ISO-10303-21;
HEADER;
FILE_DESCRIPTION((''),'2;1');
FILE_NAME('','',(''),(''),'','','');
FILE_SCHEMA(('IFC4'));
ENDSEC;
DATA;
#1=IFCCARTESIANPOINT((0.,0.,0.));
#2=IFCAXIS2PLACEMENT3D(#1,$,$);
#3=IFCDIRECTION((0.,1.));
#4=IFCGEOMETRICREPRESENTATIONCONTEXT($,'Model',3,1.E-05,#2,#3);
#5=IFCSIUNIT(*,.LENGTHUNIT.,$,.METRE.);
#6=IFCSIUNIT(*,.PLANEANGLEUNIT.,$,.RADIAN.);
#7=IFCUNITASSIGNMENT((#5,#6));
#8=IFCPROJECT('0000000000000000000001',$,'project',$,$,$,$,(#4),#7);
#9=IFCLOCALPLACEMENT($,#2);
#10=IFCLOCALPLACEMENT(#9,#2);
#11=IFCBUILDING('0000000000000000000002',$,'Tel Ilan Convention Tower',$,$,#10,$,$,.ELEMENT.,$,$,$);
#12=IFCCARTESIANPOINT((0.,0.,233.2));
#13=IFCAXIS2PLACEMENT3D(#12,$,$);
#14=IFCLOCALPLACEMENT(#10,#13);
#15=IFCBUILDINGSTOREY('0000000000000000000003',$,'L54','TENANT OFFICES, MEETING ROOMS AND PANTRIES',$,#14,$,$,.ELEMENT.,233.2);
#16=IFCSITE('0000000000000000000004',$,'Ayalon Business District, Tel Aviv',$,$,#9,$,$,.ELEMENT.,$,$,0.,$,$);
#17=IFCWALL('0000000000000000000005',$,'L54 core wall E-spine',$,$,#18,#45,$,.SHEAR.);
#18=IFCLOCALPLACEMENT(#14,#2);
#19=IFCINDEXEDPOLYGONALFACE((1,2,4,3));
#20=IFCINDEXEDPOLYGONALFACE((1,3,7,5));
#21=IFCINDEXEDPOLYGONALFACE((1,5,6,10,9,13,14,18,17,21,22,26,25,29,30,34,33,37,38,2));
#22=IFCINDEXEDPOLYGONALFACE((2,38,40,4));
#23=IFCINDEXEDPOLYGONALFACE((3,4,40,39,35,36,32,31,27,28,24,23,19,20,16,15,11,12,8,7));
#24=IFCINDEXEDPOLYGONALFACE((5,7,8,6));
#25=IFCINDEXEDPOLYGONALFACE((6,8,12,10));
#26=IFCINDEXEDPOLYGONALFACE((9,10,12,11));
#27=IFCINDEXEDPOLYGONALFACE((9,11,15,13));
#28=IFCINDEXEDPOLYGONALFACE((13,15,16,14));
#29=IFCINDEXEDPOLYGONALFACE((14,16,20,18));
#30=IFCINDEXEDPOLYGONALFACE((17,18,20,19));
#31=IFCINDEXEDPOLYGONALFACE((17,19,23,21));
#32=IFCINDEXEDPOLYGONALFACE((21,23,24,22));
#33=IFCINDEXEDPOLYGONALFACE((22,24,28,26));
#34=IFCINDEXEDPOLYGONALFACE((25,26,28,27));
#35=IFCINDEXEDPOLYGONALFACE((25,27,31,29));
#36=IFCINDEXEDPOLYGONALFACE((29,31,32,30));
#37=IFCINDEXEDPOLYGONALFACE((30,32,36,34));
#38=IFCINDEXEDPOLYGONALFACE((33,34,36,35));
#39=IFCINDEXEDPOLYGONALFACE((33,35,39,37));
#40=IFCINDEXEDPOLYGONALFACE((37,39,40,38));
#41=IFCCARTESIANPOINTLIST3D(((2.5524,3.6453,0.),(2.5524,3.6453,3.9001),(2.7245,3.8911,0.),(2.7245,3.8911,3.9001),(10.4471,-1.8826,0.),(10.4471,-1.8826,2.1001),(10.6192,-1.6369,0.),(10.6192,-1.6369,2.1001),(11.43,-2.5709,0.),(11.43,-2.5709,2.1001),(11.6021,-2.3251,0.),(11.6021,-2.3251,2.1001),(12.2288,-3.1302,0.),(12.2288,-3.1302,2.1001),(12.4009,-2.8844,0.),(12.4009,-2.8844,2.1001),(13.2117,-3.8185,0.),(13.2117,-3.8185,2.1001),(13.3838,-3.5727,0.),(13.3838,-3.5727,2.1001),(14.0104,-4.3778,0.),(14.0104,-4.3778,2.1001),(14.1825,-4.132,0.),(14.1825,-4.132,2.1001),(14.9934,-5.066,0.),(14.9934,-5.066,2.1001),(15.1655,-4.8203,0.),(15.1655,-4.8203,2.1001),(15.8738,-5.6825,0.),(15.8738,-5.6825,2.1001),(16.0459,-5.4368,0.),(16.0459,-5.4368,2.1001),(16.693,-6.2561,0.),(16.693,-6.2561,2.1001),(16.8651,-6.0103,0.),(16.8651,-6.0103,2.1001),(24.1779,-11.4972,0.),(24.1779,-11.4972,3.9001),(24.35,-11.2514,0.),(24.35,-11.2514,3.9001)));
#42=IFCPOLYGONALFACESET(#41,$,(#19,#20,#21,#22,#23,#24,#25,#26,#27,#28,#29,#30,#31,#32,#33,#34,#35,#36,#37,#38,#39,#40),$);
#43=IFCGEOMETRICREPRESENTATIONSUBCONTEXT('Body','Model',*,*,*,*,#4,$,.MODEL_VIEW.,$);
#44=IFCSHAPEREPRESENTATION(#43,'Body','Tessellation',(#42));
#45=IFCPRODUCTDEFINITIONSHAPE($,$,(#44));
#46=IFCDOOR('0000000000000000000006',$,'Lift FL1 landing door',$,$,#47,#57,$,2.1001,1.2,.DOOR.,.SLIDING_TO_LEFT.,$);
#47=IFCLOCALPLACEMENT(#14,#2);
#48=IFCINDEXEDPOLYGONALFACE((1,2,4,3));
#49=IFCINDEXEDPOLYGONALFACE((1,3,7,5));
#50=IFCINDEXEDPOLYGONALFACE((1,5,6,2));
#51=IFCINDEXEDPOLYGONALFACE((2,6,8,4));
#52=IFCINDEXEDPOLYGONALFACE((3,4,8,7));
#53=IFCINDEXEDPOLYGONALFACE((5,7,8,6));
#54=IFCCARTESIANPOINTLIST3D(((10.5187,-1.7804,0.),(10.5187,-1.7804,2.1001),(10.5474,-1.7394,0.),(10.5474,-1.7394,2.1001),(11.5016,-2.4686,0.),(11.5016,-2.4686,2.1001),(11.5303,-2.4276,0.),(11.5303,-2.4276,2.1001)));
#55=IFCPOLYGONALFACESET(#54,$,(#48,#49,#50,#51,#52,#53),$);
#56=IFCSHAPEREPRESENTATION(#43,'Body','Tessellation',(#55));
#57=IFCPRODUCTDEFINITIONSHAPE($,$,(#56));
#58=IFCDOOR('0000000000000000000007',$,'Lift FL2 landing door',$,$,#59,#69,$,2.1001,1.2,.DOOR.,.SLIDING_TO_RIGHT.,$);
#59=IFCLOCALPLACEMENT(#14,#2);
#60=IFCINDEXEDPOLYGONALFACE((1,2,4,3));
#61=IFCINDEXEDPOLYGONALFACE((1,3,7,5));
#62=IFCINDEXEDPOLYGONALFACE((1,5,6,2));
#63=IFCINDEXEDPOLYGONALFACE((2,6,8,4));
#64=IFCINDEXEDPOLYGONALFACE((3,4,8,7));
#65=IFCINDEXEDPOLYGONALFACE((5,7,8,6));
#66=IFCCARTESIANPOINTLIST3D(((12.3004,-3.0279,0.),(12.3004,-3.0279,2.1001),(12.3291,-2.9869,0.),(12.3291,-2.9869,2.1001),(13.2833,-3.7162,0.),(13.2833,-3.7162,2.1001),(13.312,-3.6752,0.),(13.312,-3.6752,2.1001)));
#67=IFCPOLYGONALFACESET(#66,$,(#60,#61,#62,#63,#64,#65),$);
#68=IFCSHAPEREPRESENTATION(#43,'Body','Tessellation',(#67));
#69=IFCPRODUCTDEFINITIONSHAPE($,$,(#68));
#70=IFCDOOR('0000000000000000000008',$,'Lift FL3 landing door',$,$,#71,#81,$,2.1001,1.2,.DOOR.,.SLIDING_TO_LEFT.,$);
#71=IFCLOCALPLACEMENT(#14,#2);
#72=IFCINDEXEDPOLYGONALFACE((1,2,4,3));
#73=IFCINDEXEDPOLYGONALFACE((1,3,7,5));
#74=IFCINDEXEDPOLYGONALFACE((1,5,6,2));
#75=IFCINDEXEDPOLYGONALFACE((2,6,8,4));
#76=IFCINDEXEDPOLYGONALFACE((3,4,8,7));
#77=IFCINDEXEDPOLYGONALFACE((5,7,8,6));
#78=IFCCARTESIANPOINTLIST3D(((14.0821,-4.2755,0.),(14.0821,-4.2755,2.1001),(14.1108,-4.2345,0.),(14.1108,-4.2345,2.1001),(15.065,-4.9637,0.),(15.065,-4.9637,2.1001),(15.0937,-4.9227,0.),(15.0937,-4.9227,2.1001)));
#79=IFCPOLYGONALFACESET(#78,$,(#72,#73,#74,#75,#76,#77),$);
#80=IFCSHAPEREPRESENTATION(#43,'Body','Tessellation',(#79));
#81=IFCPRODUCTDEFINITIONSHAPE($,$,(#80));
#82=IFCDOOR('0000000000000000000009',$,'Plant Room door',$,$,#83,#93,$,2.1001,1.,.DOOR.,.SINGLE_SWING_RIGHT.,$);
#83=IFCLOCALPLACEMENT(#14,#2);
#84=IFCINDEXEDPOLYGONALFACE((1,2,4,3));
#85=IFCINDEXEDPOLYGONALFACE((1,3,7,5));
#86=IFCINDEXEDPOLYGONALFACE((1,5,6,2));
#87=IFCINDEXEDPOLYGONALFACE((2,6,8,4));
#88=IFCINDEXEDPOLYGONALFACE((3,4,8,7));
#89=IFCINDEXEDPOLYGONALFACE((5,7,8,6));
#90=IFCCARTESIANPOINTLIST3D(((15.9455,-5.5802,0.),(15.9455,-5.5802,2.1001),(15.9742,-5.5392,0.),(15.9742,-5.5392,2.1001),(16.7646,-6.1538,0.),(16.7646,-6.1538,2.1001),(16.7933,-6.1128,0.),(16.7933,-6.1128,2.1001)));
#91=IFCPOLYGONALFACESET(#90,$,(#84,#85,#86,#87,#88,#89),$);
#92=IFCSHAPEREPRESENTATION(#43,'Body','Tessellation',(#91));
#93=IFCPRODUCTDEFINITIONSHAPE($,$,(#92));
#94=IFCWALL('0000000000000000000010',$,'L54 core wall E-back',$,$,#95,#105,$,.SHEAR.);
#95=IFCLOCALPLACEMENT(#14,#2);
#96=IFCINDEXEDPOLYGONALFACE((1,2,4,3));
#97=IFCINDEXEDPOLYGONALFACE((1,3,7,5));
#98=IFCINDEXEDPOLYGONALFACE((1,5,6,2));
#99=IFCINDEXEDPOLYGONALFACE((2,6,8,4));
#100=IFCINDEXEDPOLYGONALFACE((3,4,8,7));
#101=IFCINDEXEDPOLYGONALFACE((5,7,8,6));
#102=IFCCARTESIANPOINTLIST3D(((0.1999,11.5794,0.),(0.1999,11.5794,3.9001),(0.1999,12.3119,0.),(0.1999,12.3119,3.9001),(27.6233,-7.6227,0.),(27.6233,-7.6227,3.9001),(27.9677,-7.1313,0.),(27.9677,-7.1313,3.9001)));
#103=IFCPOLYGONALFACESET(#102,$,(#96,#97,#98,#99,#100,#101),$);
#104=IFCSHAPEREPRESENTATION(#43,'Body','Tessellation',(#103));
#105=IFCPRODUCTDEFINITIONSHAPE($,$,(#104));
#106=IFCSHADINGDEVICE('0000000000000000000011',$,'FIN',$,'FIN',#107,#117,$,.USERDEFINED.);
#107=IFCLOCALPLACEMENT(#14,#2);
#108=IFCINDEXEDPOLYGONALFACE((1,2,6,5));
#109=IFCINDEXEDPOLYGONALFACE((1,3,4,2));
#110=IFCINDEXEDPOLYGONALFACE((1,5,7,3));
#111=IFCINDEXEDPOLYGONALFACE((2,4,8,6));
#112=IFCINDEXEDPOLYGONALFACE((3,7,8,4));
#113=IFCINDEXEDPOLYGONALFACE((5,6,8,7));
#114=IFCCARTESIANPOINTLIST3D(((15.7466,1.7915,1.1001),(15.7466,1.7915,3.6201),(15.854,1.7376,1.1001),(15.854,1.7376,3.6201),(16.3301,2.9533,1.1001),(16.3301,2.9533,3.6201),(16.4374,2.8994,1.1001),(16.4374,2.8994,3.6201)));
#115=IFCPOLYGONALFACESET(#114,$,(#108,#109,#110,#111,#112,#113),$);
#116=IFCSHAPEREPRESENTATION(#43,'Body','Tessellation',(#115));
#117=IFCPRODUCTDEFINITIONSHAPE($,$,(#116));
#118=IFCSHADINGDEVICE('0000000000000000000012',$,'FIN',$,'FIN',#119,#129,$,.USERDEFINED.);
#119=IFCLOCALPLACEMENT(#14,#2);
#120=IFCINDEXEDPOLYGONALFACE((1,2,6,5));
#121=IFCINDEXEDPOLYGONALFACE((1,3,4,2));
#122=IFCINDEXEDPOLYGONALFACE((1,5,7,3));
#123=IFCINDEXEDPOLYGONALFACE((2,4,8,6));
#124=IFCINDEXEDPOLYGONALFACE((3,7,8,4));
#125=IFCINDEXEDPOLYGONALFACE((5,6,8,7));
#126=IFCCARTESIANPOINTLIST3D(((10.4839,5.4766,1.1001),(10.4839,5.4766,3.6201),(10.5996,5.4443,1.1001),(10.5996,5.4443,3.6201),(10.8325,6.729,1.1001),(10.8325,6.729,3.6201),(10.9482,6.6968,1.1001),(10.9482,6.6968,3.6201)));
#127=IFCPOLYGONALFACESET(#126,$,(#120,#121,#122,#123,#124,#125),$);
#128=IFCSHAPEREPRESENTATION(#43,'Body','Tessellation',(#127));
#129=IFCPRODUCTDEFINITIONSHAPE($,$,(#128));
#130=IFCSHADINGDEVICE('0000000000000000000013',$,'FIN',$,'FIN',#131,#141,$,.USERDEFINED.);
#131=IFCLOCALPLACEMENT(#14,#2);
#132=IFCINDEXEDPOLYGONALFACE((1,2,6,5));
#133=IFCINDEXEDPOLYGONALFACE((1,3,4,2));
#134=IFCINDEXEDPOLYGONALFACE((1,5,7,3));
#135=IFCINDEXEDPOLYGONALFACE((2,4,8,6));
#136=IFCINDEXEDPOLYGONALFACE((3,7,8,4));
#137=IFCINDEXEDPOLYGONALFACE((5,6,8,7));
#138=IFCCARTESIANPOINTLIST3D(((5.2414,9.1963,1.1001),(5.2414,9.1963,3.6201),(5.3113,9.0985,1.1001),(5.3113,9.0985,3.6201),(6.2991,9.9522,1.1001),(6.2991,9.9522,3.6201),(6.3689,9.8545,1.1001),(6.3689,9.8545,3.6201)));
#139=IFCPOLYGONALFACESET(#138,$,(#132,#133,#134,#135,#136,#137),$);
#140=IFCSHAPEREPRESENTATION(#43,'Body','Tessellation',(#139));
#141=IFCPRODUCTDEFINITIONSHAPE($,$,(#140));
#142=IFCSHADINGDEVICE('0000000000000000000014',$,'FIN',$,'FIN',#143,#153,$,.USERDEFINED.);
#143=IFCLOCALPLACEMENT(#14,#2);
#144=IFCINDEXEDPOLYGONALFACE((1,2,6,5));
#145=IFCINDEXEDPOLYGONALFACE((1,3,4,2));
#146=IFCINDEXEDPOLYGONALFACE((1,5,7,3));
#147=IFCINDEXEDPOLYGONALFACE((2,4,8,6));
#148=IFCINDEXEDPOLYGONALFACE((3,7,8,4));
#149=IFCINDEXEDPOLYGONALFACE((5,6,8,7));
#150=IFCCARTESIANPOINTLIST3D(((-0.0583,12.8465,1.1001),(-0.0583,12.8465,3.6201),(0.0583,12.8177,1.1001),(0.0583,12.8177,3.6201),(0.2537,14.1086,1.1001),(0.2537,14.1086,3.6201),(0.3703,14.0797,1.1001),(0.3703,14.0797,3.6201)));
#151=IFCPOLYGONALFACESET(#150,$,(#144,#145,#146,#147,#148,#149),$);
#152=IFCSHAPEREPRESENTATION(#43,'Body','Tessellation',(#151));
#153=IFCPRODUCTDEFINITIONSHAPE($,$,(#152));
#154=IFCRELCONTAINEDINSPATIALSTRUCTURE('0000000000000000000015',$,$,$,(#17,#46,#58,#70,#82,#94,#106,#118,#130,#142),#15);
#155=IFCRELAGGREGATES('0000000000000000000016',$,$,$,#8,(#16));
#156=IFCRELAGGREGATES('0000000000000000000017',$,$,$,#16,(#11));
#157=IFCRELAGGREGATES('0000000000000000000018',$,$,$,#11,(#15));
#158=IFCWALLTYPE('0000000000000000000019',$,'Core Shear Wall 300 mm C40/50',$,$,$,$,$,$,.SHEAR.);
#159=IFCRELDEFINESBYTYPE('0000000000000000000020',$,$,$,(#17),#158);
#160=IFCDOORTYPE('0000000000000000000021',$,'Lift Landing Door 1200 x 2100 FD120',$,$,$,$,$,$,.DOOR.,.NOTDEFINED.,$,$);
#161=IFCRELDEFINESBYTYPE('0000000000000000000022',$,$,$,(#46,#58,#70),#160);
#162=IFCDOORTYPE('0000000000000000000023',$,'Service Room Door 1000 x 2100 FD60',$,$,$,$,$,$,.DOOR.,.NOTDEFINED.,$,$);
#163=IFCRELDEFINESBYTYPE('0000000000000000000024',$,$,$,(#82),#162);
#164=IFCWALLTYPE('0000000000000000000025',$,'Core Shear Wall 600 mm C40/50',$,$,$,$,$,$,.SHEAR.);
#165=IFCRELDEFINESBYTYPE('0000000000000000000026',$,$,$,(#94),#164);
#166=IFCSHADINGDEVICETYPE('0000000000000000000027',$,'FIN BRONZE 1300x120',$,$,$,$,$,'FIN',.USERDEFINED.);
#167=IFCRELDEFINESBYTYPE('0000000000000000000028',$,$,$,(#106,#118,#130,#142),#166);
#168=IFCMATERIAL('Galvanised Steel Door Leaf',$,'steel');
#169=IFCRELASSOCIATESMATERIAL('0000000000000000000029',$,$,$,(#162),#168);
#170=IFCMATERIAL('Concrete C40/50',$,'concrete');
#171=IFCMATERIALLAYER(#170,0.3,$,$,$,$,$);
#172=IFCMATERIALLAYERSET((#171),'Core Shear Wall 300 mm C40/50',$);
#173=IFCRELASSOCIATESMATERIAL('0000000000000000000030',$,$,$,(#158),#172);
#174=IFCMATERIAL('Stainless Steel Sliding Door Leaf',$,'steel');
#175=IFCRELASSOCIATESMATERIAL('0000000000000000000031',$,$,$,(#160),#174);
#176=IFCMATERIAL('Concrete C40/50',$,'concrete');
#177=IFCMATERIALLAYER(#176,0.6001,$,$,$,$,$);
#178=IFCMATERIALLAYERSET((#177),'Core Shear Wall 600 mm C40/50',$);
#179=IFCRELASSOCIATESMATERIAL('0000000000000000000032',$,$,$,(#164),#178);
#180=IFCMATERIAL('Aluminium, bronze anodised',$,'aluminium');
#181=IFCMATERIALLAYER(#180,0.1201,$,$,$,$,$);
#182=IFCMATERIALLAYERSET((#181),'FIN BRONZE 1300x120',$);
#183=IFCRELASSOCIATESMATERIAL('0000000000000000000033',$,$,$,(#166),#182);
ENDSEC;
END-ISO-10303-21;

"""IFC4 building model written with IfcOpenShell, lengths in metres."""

from ifc_helpers import new_model, si_unit, direction, frame, frame_2d, origin, origin_2d, place, context, subcontext, project, spatial, polyline, rectangle, outline, extrude, material, layer, layer_set, type_object, element, fill, save


model = new_model("IFC4")

# Units and contexts
model_context = context("Model", 3, precision=1e-05, world=origin(), true_north=direction((0.0, 1.0)))
body_context = subcontext(model_context, "Body", "Model", "MODEL_VIEW")
ifc_project = project(units=[si_unit("LENGTHUNIT", "METRE"), si_unit("PLANEANGLEUNIT", "RADIAN")], contexts=[model_context])

# Site, building, storey
site_placement = place(None, origin())
site = spatial("IfcSite", under=ifc_project, at=site_placement, Name="Ayalon Business District, Tel Aviv", CompositionType="ELEMENT", RefElevation=0.0)
building_placement = place(site_placement, origin())
building = spatial("IfcBuilding", under=site, at=building_placement, Name="Tel Ilan Convention Tower", CompositionType="ELEMENT")
storey_placement = place(building_placement, frame((0.0, 0.0, 233.2)))
storey = spatial("IfcBuildingStorey", under=building, at=storey_placement, Name="L54", Description="TENANT OFFICES, MEETING ROOMS AND PANTRIES", CompositionType="ELEMENT", Elevation=233.2)

# Shared definitions
ifc_material_1 = material(Name="Galvanised Steel Door Leaf", Category="steel")
door_type_1 = type_object("IfcDoorType", Name="Service Room Door 1000 x 2100 FD60", OperationType="NOTDEFINED", PredefinedType="DOOR", material=ifc_material_1)

# Wall, openings, doors
ifc_material_2 = material(Name="Concrete C40/50", Category="concrete")
ifc_layer_1 = layer(ifc_material_2, 0.3)
ifc_layer_set_1 = layer_set([ifc_layer_1], Name="Core Shear Wall 300 mm C40/50")
wall_type_1 = type_object("IfcWallType", Name="Core Shear Wall 300 mm C40/50", PredefinedType="SHEAR", material=ifc_layer_set_1)
wall_1_placement = place(storey_placement, frame((2.6384, 3.7681, 0.0), z_axis=(0.0, 0.0, 1.0), x_axis=(0.819155, -0.573572, 0.0)))
wall_1 = element("IfcWall", 1, at=wall_1_placement, inside=storey, type_object=wall_type_1, Name="L54 core wall E-spine", PredefinedType="SHEAR", context=body_context, shape_type="SweptSolid", body=[
    extrude(outline(polyline([(0.0, 0.1501), (0.0, -0.1499), (26.3999, -0.1501), (26.3999, 0.1499), (0.0, 0.1501)])), origin(), (0.0, 0.0, 1.0), 3.9001),
])
opening_1_placement = place(wall_1_placement, frame((9.6375, 0.0, 0.0)))
opening_1 = element("IfcOpeningElement", 2, at=opening_1_placement, cuts=wall_1, PredefinedType="OPENING", context=body_context, shape_type="SweptSolid", body=[
    extrude(rectangle(XDim=1.2, YDim=2.1001, at=frame_2d((0.6001, 1.05))), frame((0.0, 0.1599, 0.0), z_axis=(0.0, -1.0, 0.0), x_axis=(1.0, 0.0, 0.0)), (0.0, 0.0, 1.0), 0.3201),
])
opening_2_placement = place(wall_1_placement, frame((11.8125, 0.0, 0.0)))
opening_2 = element("IfcOpeningElement", 3, at=opening_2_placement, cuts=wall_1, PredefinedType="OPENING", context=body_context, shape_type="SweptSolid", body=[
    extrude(rectangle(XDim=1.2, YDim=2.1001, at=frame_2d((0.6001, 1.05))), frame((0.0, 0.1599, 0.0), z_axis=(0.0, -1.0, 0.0), x_axis=(1.0, 0.0, 0.0)), (0.0, 0.0, 1.0), 0.3201),
])
opening_3_placement = place(wall_1_placement, frame((13.9875, 0.0, 0.0)))
opening_3 = element("IfcOpeningElement", 4, at=opening_3_placement, cuts=wall_1, PredefinedType="OPENING", context=body_context, shape_type="SweptSolid", body=[
    extrude(rectangle(XDim=1.2, YDim=2.1001, at=frame_2d((0.6001, 1.05))), frame((0.0, 0.1599, 0.0), z_axis=(0.0, -1.0, 0.0), x_axis=(1.0, 0.0, 0.0)), (0.0, 0.0, 1.0), 0.3201),
])
opening_4_placement = place(wall_1_placement, frame((16.2625, 0.0, 0.0)))
opening_4 = element("IfcOpeningElement", 5, at=opening_4_placement, cuts=wall_1, PredefinedType="OPENING", context=body_context, shape_type="SweptSolid", body=[
    extrude(rectangle(XDim=1.0, YDim=2.1001, at=frame_2d((0.5, 1.05))), frame((0.0, 0.1599, 0.0), z_axis=(0.0, -1.0, 0.0), x_axis=(1.0, 0.0, 0.0)), (0.0, 0.0, 1.0), 0.3201),
])
ifc_material_3 = material(Name="Stainless Steel Sliding Door Leaf", Category="steel")
door_type_2 = type_object("IfcDoorType", Name="Lift Landing Door 1200 x 2100 FD120", OperationType="NOTDEFINED", PredefinedType="DOOR", material=ifc_material_3)
door_1_placement = place(opening_1_placement, origin())
door_1 = element("IfcDoor", 6, at=door_1_placement, inside=storey, type_object=door_type_2, Name="Lift FL1 landing door", OperationType="SLIDING_TO_LEFT", OverallHeight=2.1001, OverallWidth=1.2, PredefinedType="DOOR", context=body_context, shape_type="SweptSolid", body=[
    extrude(rectangle(XDim=1.2, YDim=2.1001, at=frame_2d((0.6001, 1.05))), frame((0.0, 0.0249, 0.0), z_axis=(0.0, -1.0, 0.0), x_axis=(1.0, 0.0, 0.0)), (0.0, 0.0, 1.0), 0.05),
])
fill(opening_1, door_1)
door_2_placement = place(opening_2_placement, origin())
door_2 = element("IfcDoor", 7, at=door_2_placement, inside=storey, type_object=door_type_2, Name="Lift FL2 landing door", OperationType="SLIDING_TO_RIGHT", OverallHeight=2.1001, OverallWidth=1.2, PredefinedType="DOOR", context=body_context, shape_type="SweptSolid", body=[
    extrude(rectangle(XDim=1.2, YDim=2.1001, at=frame_2d((0.6001, 1.05))), frame((0.0, 0.0249, 0.0), z_axis=(0.0, -1.0, 0.0), x_axis=(1.0, 0.0, 0.0)), (0.0, 0.0, 1.0), 0.05),
])
fill(opening_2, door_2)
door_3_placement = place(opening_3_placement, origin())
door_3 = element("IfcDoor", 8, at=door_3_placement, inside=storey, type_object=door_type_2, Name="Lift FL3 landing door", OperationType="SLIDING_TO_LEFT", OverallHeight=2.1001, OverallWidth=1.2, PredefinedType="DOOR", context=body_context, shape_type="SweptSolid", body=[
    extrude(rectangle(XDim=1.2, YDim=2.1001, at=frame_2d((0.6001, 1.05))), frame((0.0, 0.0249, 0.0), z_axis=(0.0, -1.0, 0.0), x_axis=(1.0, 0.0, 0.0)), (0.0, 0.0, 1.0), 0.05),
])
fill(opening_3, door_3)
door_4_placement = place(opening_4_placement, origin())
door_4 = element("IfcDoor", 9, at=door_4_placement, inside=storey, type_object=door_type_1, Name="Plant Room door", OperationType="SINGLE_SWING_RIGHT", OverallHeight=2.1001, OverallWidth=1.0, PredefinedType="DOOR", context=body_context, shape_type="SweptSolid", body=[
    extrude(rectangle(XDim=1.0, YDim=2.1001, at=frame_2d((0.5, 1.05))), frame((0.0, 0.0249, 0.0), z_axis=(0.0, -1.0, 0.0), x_axis=(1.0, 0.0, 0.0)), (0.0, 0.0, 1.0), 0.05),
])
fill(opening_4, door_4)

# Wall
ifc_material_4 = material(Name="Concrete C40/50", Category="concrete")
ifc_layer_2 = layer(ifc_material_4, 0.6001)
ifc_layer_set_2 = layer_set([ifc_layer_2], Name="Core Shear Wall 600 mm C40/50")
wall_type_2 = type_object("IfcWallType", Name="Core Shear Wall 600 mm C40/50", PredefinedType="SHEAR", material=ifc_layer_set_2)
wall_2_placement = place(storey_placement, frame((0.0278, 12.0662, 0.0), z_axis=(0.0, 0.0, 1.0), x_axis=(0.819151, -0.573577, 0.0)))
element("IfcWall", 10, at=wall_2_placement, inside=storey, type_object=wall_type_2, Name="L54 core wall E-back", PredefinedType="SHEAR", context=body_context, shape_type="SweptSolid", body=[
    extrude(outline(polyline([(33.8982, 0.3), (0.0, 0.3), (0.4202, -0.3), (33.8979, -0.3), (33.8982, 0.3)])), origin(), (0.0, 0.0, 1.0), 3.9001),
])

# Shading devices
ifc_material_5 = material(Name="Aluminium, bronze anodised", Category="aluminium")
ifc_layer_3 = layer(ifc_material_5, 0.1201)
ifc_layer_set_3 = layer_set([ifc_layer_3], Name="FIN BRONZE 1300x120")
shading_device_type = type_object("IfcShadingDeviceType", Name="FIN BRONZE 1300x120", ElementType="FIN", PredefinedType="USERDEFINED", material=ifc_layer_set_3)
for number, where, z_axis, x_axis, name in (
    (11, (16.092, 2.3455, 1.1001), (0.0, 0.0, 1.0), (0.448799, 0.893633, 0.0), "FIN"),
    (12, (10.7161, 6.0867, 1.1001), (0.0, 0.0, 1.0), (0.268173, 0.963371, 0.0), "FIN"),
    (13, (5.8052, 9.5254, 1.1001), (0.0, 0.0, 1.0), (0.813552, 0.581492, 0.0), "FIN"),
    (14, (0.156, 13.4631, 1.1001), (0.0, 0.0, 1.0), (0.24004, 0.970763, 0.0), "FIN"),
):
    element("IfcShadingDevice", number, at=place(storey_placement, frame(where, z_axis=z_axis, x_axis=x_axis)), inside=storey, type_object=shading_device_type, Name=name, ObjectType="FIN", PredefinedType="USERDEFINED", context=body_context, shape_type="SweptSolid", body=[
        extrude(rectangle(XDim=1.3, YDim=0.1201, at=origin_2d()), origin(), (0.0, 0.0, 1.0), 2.52),
    ])

save(model, "model.ifc")
